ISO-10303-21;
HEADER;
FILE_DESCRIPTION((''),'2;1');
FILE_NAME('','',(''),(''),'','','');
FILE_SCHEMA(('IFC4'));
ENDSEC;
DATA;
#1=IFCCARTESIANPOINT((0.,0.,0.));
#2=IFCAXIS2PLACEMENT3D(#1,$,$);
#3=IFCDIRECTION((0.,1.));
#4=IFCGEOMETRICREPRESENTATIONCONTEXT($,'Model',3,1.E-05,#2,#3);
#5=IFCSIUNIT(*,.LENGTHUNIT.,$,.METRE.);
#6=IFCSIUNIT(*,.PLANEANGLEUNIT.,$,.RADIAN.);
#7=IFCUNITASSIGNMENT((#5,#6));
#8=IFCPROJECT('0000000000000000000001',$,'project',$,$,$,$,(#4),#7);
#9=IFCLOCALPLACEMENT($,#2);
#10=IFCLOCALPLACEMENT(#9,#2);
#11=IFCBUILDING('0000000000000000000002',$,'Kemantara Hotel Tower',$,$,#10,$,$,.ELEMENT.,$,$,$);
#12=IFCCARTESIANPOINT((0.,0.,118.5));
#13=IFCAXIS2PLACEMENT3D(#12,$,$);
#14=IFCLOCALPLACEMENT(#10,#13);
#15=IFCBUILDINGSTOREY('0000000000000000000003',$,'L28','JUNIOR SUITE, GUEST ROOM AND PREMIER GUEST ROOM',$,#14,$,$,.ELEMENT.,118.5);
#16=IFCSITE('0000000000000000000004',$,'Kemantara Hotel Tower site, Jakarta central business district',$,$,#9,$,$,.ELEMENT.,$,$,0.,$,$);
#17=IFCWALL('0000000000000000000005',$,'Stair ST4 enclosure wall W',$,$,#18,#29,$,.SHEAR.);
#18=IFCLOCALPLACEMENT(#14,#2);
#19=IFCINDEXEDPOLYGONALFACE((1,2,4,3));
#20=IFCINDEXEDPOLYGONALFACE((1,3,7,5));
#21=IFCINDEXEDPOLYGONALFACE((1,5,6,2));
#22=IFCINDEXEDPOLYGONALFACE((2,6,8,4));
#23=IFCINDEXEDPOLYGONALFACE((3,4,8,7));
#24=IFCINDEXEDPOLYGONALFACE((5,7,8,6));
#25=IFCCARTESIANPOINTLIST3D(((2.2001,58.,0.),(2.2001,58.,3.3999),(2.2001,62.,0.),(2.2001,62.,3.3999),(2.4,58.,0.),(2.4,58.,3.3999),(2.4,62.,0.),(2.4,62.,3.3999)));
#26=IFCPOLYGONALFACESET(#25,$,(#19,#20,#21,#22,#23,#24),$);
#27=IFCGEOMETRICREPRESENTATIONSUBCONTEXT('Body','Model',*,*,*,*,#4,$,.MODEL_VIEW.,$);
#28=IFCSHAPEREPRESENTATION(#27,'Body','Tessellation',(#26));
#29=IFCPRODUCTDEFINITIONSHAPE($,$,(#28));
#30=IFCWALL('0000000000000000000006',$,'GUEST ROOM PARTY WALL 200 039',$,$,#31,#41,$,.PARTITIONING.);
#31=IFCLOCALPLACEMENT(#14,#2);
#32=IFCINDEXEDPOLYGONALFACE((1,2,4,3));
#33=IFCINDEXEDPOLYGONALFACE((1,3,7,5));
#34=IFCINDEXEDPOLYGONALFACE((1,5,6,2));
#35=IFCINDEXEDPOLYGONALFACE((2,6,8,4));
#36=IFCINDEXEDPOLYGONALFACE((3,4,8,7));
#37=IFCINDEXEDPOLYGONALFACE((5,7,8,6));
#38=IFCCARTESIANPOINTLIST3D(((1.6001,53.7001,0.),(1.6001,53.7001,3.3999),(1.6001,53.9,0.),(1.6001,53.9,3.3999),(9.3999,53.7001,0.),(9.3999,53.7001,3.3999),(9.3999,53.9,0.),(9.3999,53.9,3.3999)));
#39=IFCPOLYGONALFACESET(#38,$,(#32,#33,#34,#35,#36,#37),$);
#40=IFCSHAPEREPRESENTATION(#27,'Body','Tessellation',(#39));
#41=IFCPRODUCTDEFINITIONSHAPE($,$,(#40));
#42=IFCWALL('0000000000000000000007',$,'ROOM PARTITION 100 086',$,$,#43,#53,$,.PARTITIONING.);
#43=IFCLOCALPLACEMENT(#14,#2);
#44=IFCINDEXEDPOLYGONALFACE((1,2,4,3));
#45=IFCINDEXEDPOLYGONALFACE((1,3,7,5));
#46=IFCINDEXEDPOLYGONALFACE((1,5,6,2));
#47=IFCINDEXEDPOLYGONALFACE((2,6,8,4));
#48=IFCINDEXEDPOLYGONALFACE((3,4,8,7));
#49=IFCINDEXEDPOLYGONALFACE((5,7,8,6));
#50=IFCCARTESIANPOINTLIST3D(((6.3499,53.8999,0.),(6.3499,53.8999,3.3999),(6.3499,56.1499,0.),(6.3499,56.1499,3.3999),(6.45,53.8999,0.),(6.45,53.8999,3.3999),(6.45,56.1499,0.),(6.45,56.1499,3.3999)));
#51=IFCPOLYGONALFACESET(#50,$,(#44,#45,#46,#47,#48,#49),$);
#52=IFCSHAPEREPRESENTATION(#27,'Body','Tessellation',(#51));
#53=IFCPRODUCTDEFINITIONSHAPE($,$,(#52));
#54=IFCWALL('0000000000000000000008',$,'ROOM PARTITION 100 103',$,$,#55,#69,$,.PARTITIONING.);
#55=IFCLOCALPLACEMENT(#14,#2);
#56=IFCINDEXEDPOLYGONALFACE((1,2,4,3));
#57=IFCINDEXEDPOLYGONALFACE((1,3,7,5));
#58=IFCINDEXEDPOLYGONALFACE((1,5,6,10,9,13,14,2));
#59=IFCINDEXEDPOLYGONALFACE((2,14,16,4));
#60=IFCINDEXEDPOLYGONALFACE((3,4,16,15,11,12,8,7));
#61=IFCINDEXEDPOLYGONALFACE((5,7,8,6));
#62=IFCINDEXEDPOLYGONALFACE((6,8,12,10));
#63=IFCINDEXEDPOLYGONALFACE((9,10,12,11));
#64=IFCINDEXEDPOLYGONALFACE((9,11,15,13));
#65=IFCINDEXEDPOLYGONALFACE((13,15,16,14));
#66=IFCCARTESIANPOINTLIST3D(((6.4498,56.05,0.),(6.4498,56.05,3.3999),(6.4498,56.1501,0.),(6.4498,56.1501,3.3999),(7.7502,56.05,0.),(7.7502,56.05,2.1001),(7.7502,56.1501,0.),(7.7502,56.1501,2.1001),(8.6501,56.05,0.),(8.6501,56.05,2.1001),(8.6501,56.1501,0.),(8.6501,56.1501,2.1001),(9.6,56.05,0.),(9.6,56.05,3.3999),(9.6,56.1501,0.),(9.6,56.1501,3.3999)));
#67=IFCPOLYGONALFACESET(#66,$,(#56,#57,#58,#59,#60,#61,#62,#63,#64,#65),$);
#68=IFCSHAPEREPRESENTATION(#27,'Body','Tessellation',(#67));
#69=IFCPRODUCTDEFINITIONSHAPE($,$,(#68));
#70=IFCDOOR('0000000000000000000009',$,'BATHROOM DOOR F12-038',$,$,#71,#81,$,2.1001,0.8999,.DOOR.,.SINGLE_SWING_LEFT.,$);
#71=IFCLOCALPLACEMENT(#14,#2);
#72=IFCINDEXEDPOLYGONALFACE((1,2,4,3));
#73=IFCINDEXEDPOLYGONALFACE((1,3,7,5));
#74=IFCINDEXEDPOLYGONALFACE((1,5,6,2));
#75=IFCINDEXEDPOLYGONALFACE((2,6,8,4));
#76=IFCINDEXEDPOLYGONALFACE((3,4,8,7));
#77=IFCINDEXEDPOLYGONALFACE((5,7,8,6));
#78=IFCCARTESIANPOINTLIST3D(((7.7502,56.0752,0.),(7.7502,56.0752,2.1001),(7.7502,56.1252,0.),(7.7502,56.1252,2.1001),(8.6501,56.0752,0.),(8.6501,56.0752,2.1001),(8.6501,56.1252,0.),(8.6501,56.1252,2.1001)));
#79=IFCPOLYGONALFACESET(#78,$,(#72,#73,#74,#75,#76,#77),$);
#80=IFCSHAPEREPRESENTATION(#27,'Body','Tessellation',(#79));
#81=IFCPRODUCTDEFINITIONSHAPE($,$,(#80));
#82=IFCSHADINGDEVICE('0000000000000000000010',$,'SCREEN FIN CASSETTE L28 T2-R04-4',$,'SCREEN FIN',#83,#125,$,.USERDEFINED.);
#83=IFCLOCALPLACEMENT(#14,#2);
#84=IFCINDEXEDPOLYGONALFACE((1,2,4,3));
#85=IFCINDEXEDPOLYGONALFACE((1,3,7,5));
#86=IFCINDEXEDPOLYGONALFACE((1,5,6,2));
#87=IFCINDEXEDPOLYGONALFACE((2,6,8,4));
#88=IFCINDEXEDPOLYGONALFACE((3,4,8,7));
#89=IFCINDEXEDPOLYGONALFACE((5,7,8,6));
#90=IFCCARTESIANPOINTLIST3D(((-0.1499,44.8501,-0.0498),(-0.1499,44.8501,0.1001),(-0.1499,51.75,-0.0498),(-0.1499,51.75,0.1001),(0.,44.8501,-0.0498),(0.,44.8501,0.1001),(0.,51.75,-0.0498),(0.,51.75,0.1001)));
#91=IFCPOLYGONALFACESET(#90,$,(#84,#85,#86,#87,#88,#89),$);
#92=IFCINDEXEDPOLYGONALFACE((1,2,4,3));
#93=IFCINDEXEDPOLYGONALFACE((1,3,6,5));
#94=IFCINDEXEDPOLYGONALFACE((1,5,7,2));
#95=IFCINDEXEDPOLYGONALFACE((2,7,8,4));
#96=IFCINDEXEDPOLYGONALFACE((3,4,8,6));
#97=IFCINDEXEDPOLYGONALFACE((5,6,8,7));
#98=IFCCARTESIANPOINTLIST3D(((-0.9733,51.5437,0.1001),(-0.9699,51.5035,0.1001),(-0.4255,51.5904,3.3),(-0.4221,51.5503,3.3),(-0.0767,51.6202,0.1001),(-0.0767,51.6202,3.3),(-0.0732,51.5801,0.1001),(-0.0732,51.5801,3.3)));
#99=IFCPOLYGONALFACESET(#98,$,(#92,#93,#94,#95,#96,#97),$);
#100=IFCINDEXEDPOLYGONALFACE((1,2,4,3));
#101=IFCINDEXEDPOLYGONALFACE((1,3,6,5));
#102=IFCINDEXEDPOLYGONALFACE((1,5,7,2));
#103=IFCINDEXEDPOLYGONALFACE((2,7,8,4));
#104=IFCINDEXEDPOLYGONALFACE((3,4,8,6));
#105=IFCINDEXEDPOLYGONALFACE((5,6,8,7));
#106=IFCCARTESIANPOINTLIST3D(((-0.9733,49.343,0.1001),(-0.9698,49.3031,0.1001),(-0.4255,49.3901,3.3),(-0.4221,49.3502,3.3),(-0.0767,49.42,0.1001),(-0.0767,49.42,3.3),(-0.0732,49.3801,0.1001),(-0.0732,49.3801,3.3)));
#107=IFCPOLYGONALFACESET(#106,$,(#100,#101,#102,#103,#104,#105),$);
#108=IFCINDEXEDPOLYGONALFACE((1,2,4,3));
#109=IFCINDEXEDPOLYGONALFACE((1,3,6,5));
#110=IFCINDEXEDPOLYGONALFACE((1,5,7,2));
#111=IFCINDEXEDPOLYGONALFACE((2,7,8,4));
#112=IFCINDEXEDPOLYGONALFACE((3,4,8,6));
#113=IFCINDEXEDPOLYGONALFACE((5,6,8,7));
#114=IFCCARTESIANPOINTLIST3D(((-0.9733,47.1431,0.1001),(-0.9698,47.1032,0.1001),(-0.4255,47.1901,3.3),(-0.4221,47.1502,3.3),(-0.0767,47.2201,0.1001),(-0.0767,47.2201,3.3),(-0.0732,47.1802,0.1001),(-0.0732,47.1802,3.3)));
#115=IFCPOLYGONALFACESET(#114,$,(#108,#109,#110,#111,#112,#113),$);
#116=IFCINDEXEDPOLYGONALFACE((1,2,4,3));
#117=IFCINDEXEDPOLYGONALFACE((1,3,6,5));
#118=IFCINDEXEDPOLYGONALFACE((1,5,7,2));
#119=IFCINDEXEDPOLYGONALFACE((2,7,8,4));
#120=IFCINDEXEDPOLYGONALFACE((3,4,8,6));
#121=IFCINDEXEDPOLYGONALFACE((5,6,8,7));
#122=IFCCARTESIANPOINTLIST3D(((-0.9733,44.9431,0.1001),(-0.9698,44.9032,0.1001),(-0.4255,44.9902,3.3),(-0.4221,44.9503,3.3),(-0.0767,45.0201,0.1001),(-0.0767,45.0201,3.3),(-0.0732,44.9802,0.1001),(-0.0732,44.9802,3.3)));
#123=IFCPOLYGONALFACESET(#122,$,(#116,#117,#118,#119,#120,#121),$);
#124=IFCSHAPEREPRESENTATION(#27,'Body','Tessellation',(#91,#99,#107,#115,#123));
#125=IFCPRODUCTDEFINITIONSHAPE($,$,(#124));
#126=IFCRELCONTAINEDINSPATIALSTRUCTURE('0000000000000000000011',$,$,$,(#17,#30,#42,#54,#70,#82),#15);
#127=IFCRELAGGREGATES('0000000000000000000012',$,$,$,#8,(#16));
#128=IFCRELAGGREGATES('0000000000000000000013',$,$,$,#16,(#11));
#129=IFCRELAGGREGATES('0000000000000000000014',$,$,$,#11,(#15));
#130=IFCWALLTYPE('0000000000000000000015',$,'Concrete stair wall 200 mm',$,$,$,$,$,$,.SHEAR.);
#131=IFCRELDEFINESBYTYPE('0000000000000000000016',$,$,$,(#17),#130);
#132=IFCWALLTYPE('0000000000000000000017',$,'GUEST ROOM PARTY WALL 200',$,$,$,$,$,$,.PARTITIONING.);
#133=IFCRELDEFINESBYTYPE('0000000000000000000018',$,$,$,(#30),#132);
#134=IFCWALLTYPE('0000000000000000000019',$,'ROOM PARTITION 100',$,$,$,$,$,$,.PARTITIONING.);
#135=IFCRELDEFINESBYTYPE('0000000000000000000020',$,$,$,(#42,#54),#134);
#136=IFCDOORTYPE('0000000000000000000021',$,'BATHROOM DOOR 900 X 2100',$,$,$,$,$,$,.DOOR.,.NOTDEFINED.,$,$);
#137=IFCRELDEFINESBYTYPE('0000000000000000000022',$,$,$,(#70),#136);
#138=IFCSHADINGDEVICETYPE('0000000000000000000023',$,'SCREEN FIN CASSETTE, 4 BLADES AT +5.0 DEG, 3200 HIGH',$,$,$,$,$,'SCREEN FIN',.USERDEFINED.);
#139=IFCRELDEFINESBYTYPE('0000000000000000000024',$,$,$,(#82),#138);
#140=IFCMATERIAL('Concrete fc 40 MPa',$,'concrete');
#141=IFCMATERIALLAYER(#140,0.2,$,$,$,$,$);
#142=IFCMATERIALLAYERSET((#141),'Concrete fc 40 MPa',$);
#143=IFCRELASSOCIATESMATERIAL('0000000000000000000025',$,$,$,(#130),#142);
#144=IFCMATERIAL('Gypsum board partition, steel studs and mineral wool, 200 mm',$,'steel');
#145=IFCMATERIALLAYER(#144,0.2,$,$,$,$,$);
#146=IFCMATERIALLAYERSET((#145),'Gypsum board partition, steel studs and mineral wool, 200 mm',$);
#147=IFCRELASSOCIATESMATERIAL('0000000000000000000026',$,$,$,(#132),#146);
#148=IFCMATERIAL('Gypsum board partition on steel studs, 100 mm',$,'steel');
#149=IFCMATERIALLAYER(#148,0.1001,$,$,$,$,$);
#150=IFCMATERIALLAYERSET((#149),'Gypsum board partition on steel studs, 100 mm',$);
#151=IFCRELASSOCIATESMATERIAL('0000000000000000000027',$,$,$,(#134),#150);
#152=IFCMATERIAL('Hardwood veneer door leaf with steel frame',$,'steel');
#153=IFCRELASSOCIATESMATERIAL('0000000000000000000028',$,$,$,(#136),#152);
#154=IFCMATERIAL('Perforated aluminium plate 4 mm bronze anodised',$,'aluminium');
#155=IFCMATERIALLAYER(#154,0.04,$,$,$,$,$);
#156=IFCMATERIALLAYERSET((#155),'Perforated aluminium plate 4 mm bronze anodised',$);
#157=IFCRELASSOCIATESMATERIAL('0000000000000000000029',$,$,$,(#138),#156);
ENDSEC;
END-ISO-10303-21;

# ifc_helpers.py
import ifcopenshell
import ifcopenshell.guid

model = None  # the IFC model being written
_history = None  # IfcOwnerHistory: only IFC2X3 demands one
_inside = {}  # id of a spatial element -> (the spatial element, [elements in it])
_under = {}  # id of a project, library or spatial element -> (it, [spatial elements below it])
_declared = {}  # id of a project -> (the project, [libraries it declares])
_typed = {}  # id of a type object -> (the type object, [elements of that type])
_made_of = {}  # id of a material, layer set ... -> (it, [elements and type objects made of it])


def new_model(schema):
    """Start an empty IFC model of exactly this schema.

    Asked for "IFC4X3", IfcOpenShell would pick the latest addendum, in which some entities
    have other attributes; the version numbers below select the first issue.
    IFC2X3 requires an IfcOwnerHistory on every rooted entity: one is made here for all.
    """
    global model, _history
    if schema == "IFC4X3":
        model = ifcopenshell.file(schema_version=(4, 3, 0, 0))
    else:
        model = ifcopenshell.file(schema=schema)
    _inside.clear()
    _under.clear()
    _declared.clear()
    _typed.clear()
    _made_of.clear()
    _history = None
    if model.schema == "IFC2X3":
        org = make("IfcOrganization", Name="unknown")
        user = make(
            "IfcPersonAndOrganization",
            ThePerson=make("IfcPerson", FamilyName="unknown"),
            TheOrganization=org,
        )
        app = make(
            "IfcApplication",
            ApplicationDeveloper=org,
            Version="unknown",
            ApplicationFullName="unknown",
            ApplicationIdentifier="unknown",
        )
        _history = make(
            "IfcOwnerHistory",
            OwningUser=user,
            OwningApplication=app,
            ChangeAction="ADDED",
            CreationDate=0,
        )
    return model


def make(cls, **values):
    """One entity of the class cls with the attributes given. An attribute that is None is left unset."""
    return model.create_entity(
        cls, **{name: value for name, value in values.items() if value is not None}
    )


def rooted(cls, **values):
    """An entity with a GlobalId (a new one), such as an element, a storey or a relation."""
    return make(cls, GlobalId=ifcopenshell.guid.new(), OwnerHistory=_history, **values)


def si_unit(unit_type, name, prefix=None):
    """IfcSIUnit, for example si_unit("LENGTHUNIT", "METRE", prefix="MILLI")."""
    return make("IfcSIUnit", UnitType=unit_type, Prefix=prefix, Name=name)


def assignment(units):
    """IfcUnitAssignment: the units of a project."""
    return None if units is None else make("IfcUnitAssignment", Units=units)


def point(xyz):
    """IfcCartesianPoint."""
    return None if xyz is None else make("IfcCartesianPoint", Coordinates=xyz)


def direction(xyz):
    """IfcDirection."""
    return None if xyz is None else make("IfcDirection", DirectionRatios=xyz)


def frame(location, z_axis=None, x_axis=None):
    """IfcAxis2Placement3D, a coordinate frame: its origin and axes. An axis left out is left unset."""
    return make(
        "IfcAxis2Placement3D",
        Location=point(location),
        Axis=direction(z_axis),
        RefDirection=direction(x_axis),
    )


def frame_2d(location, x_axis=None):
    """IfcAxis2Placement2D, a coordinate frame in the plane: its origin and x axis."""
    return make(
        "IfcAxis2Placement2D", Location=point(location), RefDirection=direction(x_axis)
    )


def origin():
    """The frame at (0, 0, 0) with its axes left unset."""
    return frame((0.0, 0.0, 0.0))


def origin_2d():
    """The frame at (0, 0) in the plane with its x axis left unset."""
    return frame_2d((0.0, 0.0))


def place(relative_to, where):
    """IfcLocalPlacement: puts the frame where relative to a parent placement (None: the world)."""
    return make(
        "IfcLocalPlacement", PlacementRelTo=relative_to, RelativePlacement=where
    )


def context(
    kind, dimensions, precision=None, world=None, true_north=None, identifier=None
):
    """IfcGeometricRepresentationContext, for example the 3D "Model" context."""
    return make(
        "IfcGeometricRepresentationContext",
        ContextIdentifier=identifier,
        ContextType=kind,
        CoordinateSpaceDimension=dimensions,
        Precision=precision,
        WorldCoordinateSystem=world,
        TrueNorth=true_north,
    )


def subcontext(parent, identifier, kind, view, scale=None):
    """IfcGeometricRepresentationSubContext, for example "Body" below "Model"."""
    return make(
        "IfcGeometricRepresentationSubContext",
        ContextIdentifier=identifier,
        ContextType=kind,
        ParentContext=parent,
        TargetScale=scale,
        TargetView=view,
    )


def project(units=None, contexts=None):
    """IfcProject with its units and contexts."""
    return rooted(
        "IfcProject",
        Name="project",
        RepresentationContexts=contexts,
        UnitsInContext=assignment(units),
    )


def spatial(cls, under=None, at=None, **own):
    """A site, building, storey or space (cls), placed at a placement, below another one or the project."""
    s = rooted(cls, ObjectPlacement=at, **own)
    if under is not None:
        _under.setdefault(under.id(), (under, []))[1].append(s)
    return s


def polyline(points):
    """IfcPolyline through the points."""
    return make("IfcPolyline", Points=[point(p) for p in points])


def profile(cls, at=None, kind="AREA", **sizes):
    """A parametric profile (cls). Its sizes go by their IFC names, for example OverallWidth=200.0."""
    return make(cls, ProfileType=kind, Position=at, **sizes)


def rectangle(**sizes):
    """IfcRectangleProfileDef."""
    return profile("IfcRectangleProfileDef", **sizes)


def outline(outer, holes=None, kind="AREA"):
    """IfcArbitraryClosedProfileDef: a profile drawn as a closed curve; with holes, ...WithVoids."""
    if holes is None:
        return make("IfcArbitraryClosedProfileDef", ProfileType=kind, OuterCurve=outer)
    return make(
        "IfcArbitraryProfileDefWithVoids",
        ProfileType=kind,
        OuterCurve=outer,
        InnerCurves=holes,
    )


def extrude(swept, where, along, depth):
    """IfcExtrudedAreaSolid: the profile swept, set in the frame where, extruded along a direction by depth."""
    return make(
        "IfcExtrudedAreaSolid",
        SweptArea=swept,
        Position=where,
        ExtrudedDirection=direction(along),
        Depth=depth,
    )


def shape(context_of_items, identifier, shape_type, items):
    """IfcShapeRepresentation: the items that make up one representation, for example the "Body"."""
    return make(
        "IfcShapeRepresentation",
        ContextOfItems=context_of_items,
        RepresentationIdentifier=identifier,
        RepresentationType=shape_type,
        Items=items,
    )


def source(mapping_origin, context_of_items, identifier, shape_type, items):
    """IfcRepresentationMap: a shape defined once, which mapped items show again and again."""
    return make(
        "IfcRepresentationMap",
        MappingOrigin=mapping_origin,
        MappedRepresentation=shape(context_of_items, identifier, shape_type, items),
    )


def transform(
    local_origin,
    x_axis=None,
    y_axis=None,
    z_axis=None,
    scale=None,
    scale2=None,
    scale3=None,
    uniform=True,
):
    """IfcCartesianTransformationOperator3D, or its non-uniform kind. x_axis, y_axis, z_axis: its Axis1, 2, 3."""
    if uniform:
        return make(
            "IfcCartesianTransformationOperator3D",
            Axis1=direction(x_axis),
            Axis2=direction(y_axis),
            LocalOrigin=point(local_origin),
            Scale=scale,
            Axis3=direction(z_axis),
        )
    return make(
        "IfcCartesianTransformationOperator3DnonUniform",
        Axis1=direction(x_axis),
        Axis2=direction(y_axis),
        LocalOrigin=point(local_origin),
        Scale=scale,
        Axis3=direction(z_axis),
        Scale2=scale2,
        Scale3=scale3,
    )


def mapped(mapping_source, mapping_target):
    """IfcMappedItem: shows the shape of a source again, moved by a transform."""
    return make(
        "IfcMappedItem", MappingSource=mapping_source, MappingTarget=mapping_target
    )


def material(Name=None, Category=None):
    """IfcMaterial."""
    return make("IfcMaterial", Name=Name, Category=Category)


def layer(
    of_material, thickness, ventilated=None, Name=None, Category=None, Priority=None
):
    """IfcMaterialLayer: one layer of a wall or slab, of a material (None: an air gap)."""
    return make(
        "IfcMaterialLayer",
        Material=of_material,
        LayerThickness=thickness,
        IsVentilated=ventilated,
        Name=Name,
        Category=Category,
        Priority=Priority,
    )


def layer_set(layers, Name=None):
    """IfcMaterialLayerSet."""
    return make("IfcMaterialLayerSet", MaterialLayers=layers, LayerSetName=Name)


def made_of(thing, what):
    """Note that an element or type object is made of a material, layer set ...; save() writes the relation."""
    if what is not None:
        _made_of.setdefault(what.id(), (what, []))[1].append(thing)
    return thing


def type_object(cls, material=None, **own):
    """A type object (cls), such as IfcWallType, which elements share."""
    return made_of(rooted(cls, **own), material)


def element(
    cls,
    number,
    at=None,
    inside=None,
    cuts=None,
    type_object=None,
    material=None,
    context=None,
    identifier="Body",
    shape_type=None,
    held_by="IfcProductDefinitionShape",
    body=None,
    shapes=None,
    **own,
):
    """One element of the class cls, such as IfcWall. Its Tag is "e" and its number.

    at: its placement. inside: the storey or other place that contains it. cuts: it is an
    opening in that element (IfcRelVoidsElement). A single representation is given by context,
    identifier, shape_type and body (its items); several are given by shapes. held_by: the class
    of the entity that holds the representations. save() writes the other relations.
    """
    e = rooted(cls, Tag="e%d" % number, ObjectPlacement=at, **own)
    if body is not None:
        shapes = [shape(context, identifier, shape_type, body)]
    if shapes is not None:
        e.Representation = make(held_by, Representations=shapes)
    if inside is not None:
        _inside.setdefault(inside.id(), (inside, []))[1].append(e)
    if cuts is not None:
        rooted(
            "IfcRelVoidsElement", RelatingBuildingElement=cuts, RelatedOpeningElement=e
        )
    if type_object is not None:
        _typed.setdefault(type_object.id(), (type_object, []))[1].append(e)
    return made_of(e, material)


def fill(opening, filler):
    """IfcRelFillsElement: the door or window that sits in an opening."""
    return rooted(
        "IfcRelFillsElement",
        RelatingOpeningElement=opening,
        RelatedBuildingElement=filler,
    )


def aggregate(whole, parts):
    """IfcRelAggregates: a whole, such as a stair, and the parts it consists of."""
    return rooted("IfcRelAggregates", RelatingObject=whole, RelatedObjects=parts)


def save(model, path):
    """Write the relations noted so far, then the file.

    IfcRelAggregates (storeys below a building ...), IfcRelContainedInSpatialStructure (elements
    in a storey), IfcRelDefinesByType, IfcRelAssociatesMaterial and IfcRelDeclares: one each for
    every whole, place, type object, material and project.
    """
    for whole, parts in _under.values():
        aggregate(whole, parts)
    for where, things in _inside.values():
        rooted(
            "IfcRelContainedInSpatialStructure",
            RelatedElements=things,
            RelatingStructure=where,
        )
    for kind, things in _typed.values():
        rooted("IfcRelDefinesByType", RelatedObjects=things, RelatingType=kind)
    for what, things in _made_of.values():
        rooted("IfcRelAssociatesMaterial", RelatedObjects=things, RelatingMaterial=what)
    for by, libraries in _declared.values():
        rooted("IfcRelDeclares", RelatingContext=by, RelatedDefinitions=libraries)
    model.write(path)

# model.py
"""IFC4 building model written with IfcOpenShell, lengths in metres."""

from ifc_helpers import new_model, si_unit, direction, frame, frame_2d, origin, origin_2d, place, context, subcontext, project, spatial, polyline, rectangle, outline, extrude, source, transform, mapped, material, layer, layer_set, type_object, element, fill, save


model = new_model("IFC4")

# Units and contexts
model_context = context("Model", 3, precision=1e-05, world=origin(), true_north=direction((0.0, 1.0)))
body_context = subcontext(model_context, "Body", "Model", "MODEL_VIEW")
ifc_project = project(units=[si_unit("LENGTHUNIT", "METRE"), si_unit("PLANEANGLEUNIT", "RADIAN")], contexts=[model_context])

# Site, building, storey
site_placement = place(None, origin())
site = spatial("IfcSite", under=ifc_project, at=site_placement, Name="Kemantara Hotel Tower site, Jakarta central business district", CompositionType="ELEMENT", RefElevation=0.0)
building_placement = place(site_placement, origin())
building = spatial("IfcBuilding", under=site, at=building_placement, Name="Kemantara Hotel Tower", CompositionType="ELEMENT")
storey_placement = place(building_placement, frame((0.0, 0.0, 118.5)))
storey = spatial("IfcBuildingStorey", under=building, at=storey_placement, Name="L28", Description="JUNIOR SUITE, GUEST ROOM AND PREMIER GUEST ROOM", CompositionType="ELEMENT", Elevation=118.5)

# Shared definitions
ifc_material_1 = material(Name="Gypsum board partition, steel studs and mineral wool, 200 mm", Category="steel")
ifc_material_2 = material(Name="Hardwood veneer door leaf with steel frame", Category="steel")

# Shared definitions
ifc_material_3 = material(Name="Concrete fc 40 MPa", Category="concrete")
ifc_layer_1 = layer(ifc_material_3, 0.2)
ifc_layer_set_1 = layer_set([ifc_layer_1], Name="Concrete fc 40 MPa")
wall_type_1 = type_object("IfcWallType", Name="Concrete stair wall 200 mm", PredefinedType="SHEAR", material=ifc_layer_set_1)

# Walls
wall_1_placement = place(storey_placement, frame((2.3, 58.0, 0.0), z_axis=(0.0, 0.0, 1.0), x_axis=(0.0, 1.0, 0.0)))
element("IfcWall", 1, at=wall_1_placement, inside=storey, type_object=wall_type_1, Name="Stair ST4 enclosure wall W", PredefinedType="SHEAR", context=body_context, shape_type="SweptSolid", body=[
    extrude(rectangle(XDim=4.0, YDim=0.2, at=frame_2d((2.0, 0.0))), origin(), (0.0, 0.0, 1.0), 3.3999),
])
ifc_layer_2 = layer(ifc_material_1, 0.2)
ifc_layer_set_2 = layer_set([ifc_layer_2], Name="Gypsum board partition, steel studs and mineral wool, 200 mm")
wall_type_2 = type_object("IfcWallType", Name="GUEST ROOM PARTY WALL 200", PredefinedType="PARTITIONING", material=ifc_layer_set_2)
wall_2_placement = place(storey_placement, frame((1.6001, 53.8, 0.0), z_axis=(0.0, 0.0, 1.0), x_axis=(1.0, 0.0, 0.0)))
element("IfcWall", 2, at=wall_2_placement, inside=storey, type_object=wall_type_2, Name="GUEST ROOM PARTY WALL 200 039", PredefinedType="PARTITIONING", context=body_context, shape_type="SweptSolid", body=[
    extrude(rectangle(XDim=7.7998, YDim=0.2, at=frame_2d((3.8999, 0.0))), origin(), (0.0, 0.0, 1.0), 3.3999),
])
ifc_material_4 = material(Name="Gypsum board partition on steel studs, 100 mm", Category="steel")
ifc_layer_3 = layer(ifc_material_4, 0.1001)
ifc_layer_set_3 = layer_set([ifc_layer_3], Name="Gypsum board partition on steel studs, 100 mm")
wall_type_3 = type_object("IfcWallType", Name="ROOM PARTITION 100", PredefinedType="PARTITIONING", material=ifc_layer_set_3)
wall_3_placement = place(storey_placement, frame((6.3999, 53.8999, 0.0), z_axis=(0.0, 0.0, 1.0), x_axis=(0.0, 1.0, 0.0)))
element("IfcWall", 3, at=wall_3_placement, inside=storey, type_object=wall_type_3, Name="ROOM PARTITION 100 086", PredefinedType="PARTITIONING", context=body_context, shape_type="SweptSolid", body=[
    extrude(rectangle(XDim=2.25, YDim=0.1001, at=frame_2d((1.125, 0.0))), origin(), (0.0, 0.0, 1.0), 3.3999),
])

# Wall, opening, door
wall_4_placement = place(storey_placement, frame((9.6001, 56.1001, 0.0), z_axis=(0.0, 0.0, 1.0), x_axis=(-1.0, 0.0, 0.0)))
wall_4 = element("IfcWall", 4, at=wall_4_placement, inside=storey, type_object=wall_type_3, Name="ROOM PARTITION 100 103", PredefinedType="PARTITIONING", context=body_context, shape_type="SweptSolid", body=[
    extrude(rectangle(XDim=3.1501, YDim=0.1001, at=frame_2d((1.5752, 0.0))), origin(), (0.0, 0.0, 1.0), 3.3999),
])
opening_1_placement = place(wall_4_placement, frame((0.95, 0.0, 0.0)))
opening_1 = element("IfcOpeningElement", 5, at=opening_1_placement, cuts=wall_4, PredefinedType="OPENING", context=body_context, shape_type="SweptSolid", body=[
    extrude(rectangle(XDim=0.8999, YDim=2.1001, at=frame_2d((0.45, 1.05))), frame((0.0, 0.0601, 0.0), z_axis=(0.0, -1.0, 0.0), x_axis=(1.0, 0.0, 0.0)), (0.0, 0.0, 1.0), 0.1201),
])
door_type_1 = type_object("IfcDoorType", Name="BATHROOM DOOR 900 X 2100", OperationType="NOTDEFINED", PredefinedType="DOOR", material=ifc_material_2)
door_1_placement = place(opening_1_placement, origin())
door_1 = element("IfcDoor", 6, at=door_1_placement, inside=storey, type_object=door_type_1, Name="BATHROOM DOOR F12-038", OperationType="SINGLE_SWING_LEFT", OverallHeight=2.1001, OverallWidth=0.8999, PredefinedType="DOOR", context=body_context, shape_type="SweptSolid", body=[
    extrude(rectangle(XDim=0.8999, YDim=2.1001, at=frame_2d((0.45, 1.05))), frame((0.0, 0.0249, 0.0), z_axis=(0.0, -1.0, 0.0), x_axis=(1.0, 0.0, 0.0)), (0.0, 0.0, 1.0), 0.05),
])
fill(opening_1, door_1)

# Shading device
ifc_material_5 = material(Name="Perforated aluminium plate 4 mm bronze anodised", Category="aluminium")
ifc_layer_4 = layer(ifc_material_5, 0.04)
ifc_layer_set_4 = layer_set([ifc_layer_4], Name="Perforated aluminium plate 4 mm bronze anodised")
shading_device_type = type_object("IfcShadingDeviceType", Name="SCREEN FIN CASSETTE, 4 BLADES AT +5.0 DEG, 3200 HIGH", ElementType="SCREEN FIN", PredefinedType="USERDEFINED", material=ifc_layer_set_4)
shared_shape = source(origin(), body_context, "Body", "SweptSolid", [
    extrude(rectangle(XDim=6.8999, YDim=0.1499, at=origin_2d()), frame((3.3, -0.075, -0.1499), z_axis=(0.0, 0.0, 1.0), x_axis=(1.0, 0.0, 0.0)), (0.0, 0.0, 1.0), 0.1499),
    extrude(outline(polyline([(0.0, 0.0), (0.8999, 0.0), (0.3501, 3.2), (0.0, 3.2), (0.0, 0.0)])), frame((0.02, -0.0732, 0.0), z_axis=(-0.996376, -0.085056, 0.0), x_axis=(0.085056, -0.996376, 0.0)), (0.0, 0.0, 1.0), 0.0403),
    extrude(outline(polyline([(0.0, 0.0), (0.8999, 0.0), (0.3501, 3.2), (0.0, 3.2), (0.0, 0.0)])), frame((2.22, -0.0732, 0.0), z_axis=(-0.996332, -0.085575, 0.0), x_axis=(0.085575, -0.996332, 0.0)), (0.0, 0.0, 1.0), 0.04),
    extrude(outline(polyline([(0.0, 0.0), (0.8999, 0.0), (0.3501, 3.2), (0.0, 3.2), (0.0, 0.0)])), frame((4.4199, -0.0732, 0.0), z_axis=(-0.996332, -0.085575, 0.0), x_axis=(0.085575, -0.996332, 0.0)), (0.0, 0.0, 1.0), 0.04),
    extrude(outline(polyline([(0.0, 0.0), (0.8999, 0.0), (0.3501, 3.2), (0.0, 3.2), (0.0, 0.0)])), frame((6.6199, -0.0732, 0.0), z_axis=(-0.996332, -0.085575, 0.0), x_axis=(0.085575, -0.996332, 0.0)), (0.0, 0.0, 1.0), 0.04),
])
shading_device_placement = place(storey_placement, frame((0.0, 51.6001, 0.1001), z_axis=(0.0, 0.0, 1.0), x_axis=(0.0, -1.0, 0.0)))
element("IfcShadingDevice", 7, at=shading_device_placement, inside=storey, type_object=shading_device_type, Name="SCREEN FIN CASSETTE L28 T2-R04-4", ObjectType="SCREEN FIN", PredefinedType="USERDEFINED", context=body_context, shape_type="MappedRepresentation", body=[
    mapped(shared_shape, transform((0.0, 0.0, 0.0))),
])

save(model, "model.ifc")
